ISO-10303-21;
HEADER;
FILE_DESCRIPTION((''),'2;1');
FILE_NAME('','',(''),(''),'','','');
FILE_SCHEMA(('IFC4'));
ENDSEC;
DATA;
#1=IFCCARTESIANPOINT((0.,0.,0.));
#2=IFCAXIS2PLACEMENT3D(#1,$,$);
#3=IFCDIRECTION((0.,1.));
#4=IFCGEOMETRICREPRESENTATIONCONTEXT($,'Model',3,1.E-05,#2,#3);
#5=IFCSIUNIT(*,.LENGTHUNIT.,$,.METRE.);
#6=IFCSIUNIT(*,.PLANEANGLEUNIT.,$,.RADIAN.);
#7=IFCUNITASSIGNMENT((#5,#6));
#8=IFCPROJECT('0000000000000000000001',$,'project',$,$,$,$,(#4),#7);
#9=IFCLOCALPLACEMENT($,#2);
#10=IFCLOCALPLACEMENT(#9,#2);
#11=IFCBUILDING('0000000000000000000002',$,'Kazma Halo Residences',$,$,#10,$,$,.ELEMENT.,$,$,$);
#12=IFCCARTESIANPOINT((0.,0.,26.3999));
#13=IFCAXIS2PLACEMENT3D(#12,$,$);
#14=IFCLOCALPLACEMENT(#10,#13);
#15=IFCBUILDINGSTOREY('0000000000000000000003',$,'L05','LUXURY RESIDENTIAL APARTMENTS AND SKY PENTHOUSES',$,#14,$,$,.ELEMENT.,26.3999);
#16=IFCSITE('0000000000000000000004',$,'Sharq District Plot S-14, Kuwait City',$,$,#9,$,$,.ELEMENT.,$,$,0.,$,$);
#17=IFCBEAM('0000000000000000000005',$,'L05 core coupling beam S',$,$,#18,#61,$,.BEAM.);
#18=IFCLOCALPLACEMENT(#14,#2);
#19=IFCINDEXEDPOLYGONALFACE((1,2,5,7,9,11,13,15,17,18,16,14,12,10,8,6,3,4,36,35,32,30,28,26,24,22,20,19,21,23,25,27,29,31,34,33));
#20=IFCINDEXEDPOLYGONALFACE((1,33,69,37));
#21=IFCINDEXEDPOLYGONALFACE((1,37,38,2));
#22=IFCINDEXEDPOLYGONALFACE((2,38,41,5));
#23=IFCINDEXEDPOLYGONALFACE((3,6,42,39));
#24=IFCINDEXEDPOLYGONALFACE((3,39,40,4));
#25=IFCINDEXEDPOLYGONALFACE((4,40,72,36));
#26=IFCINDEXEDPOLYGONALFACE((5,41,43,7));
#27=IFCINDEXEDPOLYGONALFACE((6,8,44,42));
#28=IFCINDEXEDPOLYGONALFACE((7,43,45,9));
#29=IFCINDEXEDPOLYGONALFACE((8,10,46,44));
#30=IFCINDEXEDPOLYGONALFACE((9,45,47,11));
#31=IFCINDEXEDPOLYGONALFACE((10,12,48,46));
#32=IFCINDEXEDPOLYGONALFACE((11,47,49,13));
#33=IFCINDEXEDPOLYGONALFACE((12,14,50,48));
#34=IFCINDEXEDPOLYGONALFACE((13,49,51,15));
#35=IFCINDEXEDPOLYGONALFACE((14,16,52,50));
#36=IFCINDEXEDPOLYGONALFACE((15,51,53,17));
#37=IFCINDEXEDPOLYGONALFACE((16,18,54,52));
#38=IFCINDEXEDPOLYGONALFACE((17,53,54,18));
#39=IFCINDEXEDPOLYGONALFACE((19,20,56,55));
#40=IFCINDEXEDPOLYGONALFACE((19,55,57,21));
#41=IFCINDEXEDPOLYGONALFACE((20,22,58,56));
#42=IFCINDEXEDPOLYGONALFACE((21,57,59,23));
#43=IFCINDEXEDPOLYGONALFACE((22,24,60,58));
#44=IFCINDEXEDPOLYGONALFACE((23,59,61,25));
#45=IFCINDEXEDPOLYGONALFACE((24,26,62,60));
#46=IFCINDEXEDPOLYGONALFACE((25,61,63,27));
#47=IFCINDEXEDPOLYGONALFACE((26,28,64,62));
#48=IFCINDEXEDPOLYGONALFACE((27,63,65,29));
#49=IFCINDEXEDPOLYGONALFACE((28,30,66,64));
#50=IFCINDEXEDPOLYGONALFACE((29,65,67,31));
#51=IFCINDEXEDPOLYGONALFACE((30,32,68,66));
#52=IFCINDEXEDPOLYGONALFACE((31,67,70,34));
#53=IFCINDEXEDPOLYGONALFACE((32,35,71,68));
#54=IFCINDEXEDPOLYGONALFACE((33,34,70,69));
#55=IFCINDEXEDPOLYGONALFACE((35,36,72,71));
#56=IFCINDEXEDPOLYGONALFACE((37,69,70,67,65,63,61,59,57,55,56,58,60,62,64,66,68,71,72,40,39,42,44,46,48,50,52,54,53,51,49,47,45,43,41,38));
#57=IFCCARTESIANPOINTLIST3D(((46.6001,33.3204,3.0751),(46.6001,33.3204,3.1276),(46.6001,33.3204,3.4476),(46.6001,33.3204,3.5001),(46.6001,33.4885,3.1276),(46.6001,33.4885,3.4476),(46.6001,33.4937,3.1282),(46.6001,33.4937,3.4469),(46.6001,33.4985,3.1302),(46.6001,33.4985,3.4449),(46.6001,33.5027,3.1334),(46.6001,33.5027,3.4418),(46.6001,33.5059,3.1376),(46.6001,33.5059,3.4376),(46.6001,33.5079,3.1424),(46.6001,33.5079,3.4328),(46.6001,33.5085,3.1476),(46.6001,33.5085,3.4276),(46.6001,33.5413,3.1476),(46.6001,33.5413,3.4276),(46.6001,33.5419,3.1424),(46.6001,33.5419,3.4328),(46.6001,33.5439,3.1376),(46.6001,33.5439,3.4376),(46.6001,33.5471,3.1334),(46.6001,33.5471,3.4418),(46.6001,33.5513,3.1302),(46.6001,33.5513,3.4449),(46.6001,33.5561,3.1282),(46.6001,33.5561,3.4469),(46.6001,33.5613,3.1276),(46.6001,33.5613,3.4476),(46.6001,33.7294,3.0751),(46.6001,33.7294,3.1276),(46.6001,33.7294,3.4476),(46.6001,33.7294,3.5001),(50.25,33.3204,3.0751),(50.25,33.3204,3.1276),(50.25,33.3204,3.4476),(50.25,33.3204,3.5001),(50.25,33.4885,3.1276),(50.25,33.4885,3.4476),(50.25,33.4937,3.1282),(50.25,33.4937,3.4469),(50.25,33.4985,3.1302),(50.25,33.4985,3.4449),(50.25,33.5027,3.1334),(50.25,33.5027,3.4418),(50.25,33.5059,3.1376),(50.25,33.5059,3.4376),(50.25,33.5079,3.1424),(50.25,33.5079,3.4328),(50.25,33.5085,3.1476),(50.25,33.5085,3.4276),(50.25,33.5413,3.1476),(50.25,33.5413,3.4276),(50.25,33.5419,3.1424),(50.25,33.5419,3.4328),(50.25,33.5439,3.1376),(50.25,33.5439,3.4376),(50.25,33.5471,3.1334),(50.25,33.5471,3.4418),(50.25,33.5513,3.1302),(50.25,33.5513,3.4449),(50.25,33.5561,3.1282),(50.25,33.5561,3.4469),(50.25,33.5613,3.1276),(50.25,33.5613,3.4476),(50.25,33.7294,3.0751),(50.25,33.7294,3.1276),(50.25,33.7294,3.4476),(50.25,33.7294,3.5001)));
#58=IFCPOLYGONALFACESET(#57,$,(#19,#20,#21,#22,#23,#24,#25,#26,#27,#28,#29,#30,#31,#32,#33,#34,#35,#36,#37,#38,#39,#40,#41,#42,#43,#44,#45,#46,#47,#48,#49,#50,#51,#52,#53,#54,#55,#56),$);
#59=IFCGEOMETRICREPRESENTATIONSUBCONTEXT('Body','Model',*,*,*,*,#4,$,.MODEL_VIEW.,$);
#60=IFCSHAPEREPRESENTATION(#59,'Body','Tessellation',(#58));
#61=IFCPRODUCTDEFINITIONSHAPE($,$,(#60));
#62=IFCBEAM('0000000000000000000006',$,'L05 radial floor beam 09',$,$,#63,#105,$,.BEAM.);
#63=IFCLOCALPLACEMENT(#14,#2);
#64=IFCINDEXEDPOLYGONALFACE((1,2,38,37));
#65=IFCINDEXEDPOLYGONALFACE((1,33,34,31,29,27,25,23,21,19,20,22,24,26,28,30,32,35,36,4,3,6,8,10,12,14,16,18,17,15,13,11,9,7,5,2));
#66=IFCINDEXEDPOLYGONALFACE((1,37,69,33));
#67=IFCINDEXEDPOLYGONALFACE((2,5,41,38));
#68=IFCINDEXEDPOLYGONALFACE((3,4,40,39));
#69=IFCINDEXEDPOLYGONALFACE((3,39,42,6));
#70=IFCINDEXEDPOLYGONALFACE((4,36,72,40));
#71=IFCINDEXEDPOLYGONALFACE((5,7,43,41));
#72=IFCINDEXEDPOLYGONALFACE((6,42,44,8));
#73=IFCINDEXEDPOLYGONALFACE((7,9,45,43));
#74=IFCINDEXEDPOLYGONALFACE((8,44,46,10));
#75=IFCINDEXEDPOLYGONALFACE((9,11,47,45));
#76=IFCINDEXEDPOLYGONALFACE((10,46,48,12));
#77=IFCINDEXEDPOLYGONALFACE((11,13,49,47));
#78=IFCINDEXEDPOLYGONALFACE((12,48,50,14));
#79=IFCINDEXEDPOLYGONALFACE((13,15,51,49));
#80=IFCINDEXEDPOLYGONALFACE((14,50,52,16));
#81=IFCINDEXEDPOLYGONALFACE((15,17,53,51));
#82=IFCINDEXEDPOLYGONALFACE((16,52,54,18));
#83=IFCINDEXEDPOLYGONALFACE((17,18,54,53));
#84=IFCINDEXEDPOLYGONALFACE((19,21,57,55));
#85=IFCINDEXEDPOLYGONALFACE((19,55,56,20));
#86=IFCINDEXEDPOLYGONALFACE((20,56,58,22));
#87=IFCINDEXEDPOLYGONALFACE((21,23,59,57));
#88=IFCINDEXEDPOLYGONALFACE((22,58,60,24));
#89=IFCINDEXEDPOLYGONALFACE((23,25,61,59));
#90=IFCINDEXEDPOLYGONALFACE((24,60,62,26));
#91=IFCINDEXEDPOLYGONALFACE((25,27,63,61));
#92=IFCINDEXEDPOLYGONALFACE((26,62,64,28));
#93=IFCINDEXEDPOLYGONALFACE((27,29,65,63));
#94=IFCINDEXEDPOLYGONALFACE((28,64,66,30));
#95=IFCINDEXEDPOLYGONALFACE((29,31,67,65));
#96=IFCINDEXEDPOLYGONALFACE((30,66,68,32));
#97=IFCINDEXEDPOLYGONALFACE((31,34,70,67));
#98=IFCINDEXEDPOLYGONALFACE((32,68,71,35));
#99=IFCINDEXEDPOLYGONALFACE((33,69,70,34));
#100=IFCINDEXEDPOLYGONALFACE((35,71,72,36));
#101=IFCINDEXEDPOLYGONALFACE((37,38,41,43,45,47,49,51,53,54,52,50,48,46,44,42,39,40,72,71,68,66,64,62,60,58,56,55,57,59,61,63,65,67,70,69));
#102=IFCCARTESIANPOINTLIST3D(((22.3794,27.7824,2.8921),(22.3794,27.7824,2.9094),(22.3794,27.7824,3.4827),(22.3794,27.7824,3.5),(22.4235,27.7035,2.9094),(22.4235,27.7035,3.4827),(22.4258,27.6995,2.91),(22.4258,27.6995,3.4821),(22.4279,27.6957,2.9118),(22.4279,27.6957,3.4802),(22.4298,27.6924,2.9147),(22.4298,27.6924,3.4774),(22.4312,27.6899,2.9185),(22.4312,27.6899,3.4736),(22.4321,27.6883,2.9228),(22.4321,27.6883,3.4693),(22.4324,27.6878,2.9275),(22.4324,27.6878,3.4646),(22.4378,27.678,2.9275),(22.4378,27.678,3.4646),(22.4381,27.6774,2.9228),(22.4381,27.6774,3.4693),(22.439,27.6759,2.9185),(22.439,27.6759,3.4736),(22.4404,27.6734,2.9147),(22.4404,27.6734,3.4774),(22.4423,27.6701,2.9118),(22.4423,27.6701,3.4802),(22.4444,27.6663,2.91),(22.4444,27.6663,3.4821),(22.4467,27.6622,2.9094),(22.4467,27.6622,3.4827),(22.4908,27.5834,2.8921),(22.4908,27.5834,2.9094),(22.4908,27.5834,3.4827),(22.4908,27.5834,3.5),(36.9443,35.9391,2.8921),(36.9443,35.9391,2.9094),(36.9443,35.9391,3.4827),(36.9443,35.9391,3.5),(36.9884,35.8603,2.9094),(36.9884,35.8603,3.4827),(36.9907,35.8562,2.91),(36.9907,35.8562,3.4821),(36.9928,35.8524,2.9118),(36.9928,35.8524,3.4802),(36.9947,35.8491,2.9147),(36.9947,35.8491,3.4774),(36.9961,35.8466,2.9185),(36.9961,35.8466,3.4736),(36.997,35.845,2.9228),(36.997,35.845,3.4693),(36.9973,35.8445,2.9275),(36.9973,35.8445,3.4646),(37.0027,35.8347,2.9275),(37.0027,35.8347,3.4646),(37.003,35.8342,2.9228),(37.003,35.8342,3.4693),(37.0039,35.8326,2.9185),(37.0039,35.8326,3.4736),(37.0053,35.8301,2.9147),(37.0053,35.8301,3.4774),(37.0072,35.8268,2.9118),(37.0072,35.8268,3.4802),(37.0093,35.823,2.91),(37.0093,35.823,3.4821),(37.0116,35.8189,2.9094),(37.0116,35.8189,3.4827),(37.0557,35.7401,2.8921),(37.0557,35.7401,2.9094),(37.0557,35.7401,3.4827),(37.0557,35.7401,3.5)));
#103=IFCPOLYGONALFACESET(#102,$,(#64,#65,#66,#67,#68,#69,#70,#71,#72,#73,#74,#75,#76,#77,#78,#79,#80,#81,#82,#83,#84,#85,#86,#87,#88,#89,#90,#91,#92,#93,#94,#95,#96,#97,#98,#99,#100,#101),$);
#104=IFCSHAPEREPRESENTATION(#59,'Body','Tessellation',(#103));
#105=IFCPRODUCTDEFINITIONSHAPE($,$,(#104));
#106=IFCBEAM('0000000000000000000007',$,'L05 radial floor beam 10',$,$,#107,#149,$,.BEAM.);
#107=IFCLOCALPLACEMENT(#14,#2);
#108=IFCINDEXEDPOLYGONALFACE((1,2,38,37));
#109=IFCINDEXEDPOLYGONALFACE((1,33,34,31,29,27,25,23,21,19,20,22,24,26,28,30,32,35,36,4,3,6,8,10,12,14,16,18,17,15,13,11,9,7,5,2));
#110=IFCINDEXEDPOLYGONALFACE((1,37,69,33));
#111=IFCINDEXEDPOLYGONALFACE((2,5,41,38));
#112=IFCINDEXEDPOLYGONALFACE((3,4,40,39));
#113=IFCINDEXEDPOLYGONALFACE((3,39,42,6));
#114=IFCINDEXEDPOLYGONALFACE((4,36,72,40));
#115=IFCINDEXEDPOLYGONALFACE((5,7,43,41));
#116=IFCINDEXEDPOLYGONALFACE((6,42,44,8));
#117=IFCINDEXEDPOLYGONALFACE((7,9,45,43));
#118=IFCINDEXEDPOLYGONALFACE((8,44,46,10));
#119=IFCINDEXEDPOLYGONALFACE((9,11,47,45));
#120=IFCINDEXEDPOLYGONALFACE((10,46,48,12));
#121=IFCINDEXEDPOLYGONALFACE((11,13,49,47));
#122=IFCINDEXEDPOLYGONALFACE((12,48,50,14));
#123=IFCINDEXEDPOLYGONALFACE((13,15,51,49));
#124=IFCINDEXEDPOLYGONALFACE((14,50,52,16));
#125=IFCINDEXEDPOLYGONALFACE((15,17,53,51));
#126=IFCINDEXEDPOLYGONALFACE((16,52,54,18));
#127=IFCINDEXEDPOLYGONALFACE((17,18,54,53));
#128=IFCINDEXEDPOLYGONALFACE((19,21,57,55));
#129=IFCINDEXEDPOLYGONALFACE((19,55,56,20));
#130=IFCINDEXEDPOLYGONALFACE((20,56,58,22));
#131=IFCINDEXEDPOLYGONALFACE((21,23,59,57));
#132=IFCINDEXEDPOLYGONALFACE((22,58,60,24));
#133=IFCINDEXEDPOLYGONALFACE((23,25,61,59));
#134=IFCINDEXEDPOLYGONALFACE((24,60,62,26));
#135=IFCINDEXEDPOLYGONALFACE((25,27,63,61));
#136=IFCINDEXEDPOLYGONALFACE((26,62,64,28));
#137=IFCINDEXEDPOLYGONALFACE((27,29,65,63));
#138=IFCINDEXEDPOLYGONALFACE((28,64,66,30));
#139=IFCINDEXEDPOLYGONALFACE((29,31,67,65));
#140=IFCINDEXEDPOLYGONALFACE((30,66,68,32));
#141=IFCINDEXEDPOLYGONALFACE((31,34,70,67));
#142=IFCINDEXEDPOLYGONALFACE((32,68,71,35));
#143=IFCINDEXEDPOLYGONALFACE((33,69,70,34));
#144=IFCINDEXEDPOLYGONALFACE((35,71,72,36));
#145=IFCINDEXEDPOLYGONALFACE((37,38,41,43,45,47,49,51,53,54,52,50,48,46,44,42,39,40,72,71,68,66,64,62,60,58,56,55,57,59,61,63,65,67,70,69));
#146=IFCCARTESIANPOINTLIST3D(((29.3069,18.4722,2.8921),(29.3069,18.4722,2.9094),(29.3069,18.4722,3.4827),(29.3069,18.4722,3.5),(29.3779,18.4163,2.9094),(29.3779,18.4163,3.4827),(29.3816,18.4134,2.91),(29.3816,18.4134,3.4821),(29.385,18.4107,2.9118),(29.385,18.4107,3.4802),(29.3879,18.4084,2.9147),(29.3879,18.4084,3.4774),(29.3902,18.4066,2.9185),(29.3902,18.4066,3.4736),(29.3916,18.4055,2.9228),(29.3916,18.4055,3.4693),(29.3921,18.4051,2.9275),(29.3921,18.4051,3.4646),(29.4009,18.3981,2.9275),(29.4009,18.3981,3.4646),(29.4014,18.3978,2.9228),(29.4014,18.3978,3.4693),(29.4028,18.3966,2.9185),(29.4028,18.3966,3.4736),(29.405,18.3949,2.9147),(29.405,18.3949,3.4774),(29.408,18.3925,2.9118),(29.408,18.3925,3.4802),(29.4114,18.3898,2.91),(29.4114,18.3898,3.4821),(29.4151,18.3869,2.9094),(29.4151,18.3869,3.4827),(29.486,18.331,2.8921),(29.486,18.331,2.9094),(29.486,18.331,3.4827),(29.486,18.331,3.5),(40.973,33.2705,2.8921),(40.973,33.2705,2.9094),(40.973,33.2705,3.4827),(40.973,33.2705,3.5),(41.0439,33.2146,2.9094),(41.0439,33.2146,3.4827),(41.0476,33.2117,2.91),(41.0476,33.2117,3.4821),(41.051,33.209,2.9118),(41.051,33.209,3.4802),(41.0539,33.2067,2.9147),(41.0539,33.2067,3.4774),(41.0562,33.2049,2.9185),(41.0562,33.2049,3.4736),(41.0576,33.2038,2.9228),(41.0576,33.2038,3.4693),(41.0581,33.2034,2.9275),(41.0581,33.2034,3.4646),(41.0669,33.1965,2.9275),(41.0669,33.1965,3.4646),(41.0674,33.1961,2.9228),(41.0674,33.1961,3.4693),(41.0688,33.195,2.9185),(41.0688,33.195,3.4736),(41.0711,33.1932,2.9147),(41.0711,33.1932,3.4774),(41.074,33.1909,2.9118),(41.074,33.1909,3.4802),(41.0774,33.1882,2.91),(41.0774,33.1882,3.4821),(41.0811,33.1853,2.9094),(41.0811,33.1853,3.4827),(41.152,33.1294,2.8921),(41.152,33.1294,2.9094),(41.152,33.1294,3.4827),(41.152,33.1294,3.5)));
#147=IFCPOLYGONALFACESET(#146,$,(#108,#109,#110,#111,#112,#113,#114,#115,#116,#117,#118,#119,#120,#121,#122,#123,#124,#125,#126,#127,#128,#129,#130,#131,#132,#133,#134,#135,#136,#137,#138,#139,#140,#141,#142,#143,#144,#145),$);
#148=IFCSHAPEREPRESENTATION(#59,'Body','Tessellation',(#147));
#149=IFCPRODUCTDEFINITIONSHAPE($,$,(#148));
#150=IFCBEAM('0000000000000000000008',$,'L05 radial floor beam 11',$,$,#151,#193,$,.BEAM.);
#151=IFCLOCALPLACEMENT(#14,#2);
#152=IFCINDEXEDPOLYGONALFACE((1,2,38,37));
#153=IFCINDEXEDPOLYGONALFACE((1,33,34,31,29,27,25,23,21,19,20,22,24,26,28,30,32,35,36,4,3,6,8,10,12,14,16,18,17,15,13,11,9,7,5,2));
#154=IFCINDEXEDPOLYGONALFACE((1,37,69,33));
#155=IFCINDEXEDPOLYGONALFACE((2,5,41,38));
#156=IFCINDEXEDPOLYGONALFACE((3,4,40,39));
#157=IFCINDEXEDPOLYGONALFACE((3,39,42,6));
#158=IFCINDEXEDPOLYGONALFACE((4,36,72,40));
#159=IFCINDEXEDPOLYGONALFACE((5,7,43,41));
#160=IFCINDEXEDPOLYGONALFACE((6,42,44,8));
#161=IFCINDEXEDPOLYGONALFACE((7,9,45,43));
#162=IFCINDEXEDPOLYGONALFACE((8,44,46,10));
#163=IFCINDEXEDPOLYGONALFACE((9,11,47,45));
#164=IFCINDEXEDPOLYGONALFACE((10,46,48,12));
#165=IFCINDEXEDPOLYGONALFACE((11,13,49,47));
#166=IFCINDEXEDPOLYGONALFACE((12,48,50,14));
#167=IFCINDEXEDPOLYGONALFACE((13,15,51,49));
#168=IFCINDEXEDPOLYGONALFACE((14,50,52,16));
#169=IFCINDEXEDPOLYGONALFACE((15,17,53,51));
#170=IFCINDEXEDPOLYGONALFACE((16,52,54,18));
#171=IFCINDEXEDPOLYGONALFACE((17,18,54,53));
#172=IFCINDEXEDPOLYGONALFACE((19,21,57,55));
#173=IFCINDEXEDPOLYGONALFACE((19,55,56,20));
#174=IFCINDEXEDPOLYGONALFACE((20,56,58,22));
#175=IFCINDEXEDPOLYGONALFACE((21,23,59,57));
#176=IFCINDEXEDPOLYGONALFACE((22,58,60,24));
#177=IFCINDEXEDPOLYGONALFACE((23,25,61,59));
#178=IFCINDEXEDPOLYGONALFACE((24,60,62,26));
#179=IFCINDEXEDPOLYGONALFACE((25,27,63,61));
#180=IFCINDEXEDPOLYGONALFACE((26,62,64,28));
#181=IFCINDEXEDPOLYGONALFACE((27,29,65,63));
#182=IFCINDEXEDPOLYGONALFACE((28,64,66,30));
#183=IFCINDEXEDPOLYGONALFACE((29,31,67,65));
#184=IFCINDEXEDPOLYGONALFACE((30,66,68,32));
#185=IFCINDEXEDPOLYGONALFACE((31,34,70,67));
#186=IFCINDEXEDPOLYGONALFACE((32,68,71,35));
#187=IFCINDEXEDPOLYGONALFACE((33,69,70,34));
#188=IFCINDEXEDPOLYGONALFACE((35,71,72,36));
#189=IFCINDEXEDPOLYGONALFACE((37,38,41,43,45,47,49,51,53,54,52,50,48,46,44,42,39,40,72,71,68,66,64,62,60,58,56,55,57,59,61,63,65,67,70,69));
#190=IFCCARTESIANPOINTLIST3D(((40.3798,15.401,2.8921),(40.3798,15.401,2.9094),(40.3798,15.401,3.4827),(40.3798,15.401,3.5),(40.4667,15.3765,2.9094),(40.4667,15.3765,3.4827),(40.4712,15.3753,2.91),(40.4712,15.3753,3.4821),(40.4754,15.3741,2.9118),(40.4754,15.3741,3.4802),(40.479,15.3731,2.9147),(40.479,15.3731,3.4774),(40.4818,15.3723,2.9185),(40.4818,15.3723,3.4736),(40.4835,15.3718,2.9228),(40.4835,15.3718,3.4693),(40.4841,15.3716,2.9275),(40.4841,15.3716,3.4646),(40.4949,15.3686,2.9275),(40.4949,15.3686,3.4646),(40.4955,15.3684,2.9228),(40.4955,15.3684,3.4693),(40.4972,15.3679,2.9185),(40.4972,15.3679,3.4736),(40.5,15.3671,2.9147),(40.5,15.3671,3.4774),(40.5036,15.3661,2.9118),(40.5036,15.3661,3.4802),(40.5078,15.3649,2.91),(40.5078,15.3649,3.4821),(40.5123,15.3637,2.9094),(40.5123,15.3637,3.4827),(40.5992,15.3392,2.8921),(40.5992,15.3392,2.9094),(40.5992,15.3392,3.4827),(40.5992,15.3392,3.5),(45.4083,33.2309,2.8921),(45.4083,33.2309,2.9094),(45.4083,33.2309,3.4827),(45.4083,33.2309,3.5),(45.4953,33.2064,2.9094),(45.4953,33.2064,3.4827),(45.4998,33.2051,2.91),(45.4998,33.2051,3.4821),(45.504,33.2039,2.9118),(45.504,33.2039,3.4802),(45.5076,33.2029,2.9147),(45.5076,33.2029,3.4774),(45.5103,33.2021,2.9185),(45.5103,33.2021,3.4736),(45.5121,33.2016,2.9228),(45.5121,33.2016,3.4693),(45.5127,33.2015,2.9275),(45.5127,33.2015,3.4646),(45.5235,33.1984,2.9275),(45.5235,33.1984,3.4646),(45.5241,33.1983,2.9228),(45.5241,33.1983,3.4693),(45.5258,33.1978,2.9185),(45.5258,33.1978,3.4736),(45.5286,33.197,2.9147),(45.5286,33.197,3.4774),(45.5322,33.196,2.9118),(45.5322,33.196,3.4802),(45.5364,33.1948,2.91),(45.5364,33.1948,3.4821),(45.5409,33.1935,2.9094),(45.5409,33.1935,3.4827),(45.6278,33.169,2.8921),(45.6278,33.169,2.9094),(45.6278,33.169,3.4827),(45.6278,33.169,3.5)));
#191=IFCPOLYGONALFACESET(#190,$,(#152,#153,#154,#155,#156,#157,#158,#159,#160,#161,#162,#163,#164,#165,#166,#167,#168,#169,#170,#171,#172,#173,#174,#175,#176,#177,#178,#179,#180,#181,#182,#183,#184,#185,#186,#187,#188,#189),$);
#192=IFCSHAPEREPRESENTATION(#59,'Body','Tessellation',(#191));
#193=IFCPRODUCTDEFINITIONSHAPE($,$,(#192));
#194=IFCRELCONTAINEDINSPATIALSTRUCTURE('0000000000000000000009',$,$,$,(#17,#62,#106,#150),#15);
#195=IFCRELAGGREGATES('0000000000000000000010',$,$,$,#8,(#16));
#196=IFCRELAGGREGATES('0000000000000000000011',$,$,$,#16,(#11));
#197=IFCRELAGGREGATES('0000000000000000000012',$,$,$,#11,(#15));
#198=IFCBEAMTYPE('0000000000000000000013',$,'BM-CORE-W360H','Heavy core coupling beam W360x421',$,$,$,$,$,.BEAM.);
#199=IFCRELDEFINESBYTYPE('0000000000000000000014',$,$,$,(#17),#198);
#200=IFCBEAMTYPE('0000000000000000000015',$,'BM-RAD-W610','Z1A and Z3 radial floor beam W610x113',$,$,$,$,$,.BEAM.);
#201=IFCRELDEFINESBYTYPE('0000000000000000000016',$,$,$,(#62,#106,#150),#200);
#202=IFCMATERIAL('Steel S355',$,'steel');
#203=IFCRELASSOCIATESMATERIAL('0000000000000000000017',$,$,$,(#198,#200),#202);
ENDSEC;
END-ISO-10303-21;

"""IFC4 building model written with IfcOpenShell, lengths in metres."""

from ifc_helpers import new_model, si_unit, direction, frame, origin, origin_2d, place, context, subcontext, project, spatial, i_section, extrude, material, material_profile, profile_set, type_object, element, save


model = new_model("IFC4")

# Units and contexts
model_context = context("Model", 3, precision=1e-05, world=origin(), true_north=direction((0.0, 1.0)))
body_context = subcontext(model_context, "Body", "Model", "MODEL_VIEW")
ifc_project = project(units=[si_unit("LENGTHUNIT", "METRE"), si_unit("PLANEANGLEUNIT", "RADIAN")], contexts=[model_context])

# Site, building, storey
site_placement = place(None, origin())
site = spatial("IfcSite", under=ifc_project, at=site_placement, Name="Sharq District Plot S-14, Kuwait City", CompositionType="ELEMENT", RefElevation=0.0)
building_placement = place(site_placement, origin())
building = spatial("IfcBuilding", under=site, at=building_placement, Name="Kazma Halo Residences", CompositionType="ELEMENT")
storey_placement = place(building_placement, frame((0.0, 0.0, 26.3999)))
storey = spatial("IfcBuildingStorey", under=building, at=storey_placement, Name="L05", Description="LUXURY RESIDENTIAL APARTMENTS AND SKY PENTHOUSES", CompositionType="ELEMENT", Elevation=26.3999)

# Beams
ifc_material_1 = material(Name="Steel S355", Category="steel")
ifc_material_profile_1 = material_profile(ifc_material_1, i_section(OverallWidth=0.4089, OverallDepth=0.425, WebThickness=0.0327, FlangeThickness=0.0525, FilletRadius=0.02, at=origin_2d()), Name="W360x421")
ifc_profile_set_1 = profile_set([ifc_material_profile_1], Name="Steel S355")
beam_type_1 = type_object("IfcBeamType", Name="BM-CORE-W360H", Description="Heavy core coupling beam W360x421", PredefinedType="BEAM", material=ifc_profile_set_1)
beam_1_placement = place(storey_placement, frame((46.6001, 33.5249, 3.2876), z_axis=(1.0, 0.0, 0.0), x_axis=(0.0, 1.0, 0.0)))
element("IfcBeam", 1, at=beam_1_placement, inside=storey, type_object=beam_type_1, Name="L05 core coupling beam S", PredefinedType="BEAM", context=body_context, shape_type="SweptSolid", body=[
    extrude(i_section(OverallWidth=0.4089, OverallDepth=0.425, WebThickness=0.0327, FlangeThickness=0.0525, FilletRadius=0.02, at=origin_2d()), origin(), (0.0, 0.0, 1.0), 3.6499),
])
ifc_material_profile_2 = material_profile(ifc_material_1, i_section(OverallWidth=0.228, OverallDepth=0.6079, WebThickness=0.0112, FlangeThickness=0.0173, FilletRadius=0.0181, at=origin_2d()), Name="W610x113")
ifc_profile_set_2 = profile_set([ifc_material_profile_2], Name="Steel S355")
beam_type_2 = type_object("IfcBeamType", Name="BM-RAD-W610", Description="Z1A and Z3 radial floor beam W610x113", PredefinedType="BEAM", material=ifc_profile_set_2)
beam_2_placement = place(storey_placement, frame((37.0, 35.8396, 3.196), z_axis=(-0.872497, -0.48862, 0.0), x_axis=(0.48862, -0.872497, 0.0)))
element("IfcBeam", 2, at=beam_2_placement, inside=storey, type_object=beam_type_2, Name="L05 radial floor beam 09", PredefinedType="BEAM", context=body_context, shape_type="SweptSolid", body=[
    extrude(i_section(OverallWidth=0.228, OverallDepth=0.6079, WebThickness=0.0112, FlangeThickness=0.0173, FilletRadius=0.0181, at=origin_2d()), origin(), (0.0, 0.0, 1.0), 16.6934),
])
beam_3_placement = place(storey_placement, frame((41.0625, 33.2, 3.196), z_axis=(-0.619092, -0.785318, 0.0), x_axis=(0.785318, -0.619092, 0.0)))
element("IfcBeam", 3, at=beam_3_placement, inside=storey, type_object=beam_type_2, Name="L05 radial floor beam 10", PredefinedType="BEAM", context=body_context, shape_type="SweptSolid", body=[
    extrude(i_section(OverallWidth=0.228, OverallDepth=0.6079, WebThickness=0.0112, FlangeThickness=0.0173, FilletRadius=0.0181, at=origin_2d()), origin(), (0.0, 0.0, 1.0), 18.8438),
])
beam_4_placement = place(storey_placement, frame((45.5181, 33.2, 3.196), z_axis=(-0.271442, -0.962455, 0.0), x_axis=(0.962455, -0.271442, 0.0)))
element("IfcBeam", 4, at=beam_4_placement, inside=storey, type_object=beam_type_2, Name="L05 radial floor beam 11", PredefinedType="BEAM", context=body_context, shape_type="SweptSolid", body=[
    extrude(i_section(OverallWidth=0.228, OverallDepth=0.6079, WebThickness=0.0112, FlangeThickness=0.0173, FilletRadius=0.0181, at=origin_2d()), origin(), (0.0, 0.0, 1.0), 18.5254),
])

save(model, "model.ifc")
